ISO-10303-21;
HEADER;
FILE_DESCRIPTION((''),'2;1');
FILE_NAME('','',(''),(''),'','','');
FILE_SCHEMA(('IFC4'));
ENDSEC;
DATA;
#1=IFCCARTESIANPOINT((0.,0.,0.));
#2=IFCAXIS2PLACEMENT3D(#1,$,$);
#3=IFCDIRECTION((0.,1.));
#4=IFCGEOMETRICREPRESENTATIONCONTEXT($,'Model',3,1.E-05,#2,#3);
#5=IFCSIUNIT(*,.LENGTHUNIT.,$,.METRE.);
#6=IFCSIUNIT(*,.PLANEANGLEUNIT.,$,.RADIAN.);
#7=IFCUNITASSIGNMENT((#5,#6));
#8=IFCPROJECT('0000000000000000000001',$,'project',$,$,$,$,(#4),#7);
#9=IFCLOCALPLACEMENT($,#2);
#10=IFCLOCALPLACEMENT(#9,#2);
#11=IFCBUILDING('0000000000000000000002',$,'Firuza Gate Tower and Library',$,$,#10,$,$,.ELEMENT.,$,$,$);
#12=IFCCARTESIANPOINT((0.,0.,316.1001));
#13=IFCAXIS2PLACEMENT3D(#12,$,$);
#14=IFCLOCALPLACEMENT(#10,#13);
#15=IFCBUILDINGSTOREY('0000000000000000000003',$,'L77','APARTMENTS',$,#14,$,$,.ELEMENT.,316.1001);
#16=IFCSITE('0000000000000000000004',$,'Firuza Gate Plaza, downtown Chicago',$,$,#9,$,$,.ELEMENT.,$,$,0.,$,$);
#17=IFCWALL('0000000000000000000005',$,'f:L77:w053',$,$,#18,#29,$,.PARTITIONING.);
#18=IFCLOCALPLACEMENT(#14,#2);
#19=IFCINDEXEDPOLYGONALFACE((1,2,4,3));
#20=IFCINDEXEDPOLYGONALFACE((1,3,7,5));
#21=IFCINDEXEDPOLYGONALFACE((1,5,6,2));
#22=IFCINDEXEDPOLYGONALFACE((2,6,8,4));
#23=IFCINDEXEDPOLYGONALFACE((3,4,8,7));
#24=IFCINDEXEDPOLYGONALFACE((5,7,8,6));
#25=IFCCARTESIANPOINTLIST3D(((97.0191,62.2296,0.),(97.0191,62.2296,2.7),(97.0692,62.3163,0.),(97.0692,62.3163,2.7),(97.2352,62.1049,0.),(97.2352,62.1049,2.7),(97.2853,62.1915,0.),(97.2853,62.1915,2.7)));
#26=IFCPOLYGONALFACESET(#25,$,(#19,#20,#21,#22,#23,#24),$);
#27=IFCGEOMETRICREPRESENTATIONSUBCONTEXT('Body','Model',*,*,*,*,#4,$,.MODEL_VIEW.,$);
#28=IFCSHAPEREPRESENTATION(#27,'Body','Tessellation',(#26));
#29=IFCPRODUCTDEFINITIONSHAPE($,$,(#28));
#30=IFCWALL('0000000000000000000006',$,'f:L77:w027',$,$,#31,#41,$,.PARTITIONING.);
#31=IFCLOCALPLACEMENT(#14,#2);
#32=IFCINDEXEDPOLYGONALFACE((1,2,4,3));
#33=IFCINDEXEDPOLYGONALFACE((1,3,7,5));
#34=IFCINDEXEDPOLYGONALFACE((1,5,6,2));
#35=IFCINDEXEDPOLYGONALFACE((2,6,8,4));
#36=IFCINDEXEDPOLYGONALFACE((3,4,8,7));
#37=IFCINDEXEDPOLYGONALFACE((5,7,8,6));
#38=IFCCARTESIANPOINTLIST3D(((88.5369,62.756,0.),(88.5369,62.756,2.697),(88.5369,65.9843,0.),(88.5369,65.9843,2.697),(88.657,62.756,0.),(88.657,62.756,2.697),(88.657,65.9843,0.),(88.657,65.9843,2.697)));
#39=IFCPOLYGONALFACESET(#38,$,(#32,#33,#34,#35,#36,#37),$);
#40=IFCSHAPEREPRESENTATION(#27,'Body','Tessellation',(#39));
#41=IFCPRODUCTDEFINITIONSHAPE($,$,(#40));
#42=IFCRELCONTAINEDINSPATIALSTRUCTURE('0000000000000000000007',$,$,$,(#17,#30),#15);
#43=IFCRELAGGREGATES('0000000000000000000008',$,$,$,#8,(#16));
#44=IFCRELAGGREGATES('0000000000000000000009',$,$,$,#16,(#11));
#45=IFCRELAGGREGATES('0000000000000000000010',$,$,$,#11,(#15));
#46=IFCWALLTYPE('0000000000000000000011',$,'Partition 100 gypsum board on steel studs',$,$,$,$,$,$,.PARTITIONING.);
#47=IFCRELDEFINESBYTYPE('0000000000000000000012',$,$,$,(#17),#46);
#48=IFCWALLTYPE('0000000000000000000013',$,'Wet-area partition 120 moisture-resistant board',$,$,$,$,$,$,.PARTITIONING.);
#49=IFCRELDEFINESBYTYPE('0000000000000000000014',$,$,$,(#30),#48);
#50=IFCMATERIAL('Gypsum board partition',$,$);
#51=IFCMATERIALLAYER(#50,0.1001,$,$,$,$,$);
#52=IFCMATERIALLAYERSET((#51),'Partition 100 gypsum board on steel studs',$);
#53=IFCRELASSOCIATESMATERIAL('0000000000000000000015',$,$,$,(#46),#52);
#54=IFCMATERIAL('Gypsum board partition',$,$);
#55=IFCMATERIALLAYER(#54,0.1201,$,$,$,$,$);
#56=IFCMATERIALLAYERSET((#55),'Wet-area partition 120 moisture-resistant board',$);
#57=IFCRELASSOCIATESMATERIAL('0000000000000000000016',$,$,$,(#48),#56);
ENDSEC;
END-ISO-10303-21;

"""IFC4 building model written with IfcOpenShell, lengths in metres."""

from ifc_helpers import new_model, si_unit, direction, frame, frame_2d, origin, place, context, subcontext, project, spatial, rectangle, extrude, material, layer, layer_set, type_object, element, save


model = new_model("IFC4")

# Units and contexts
model_context = context("Model", 3, precision=1e-05, world=origin(), true_north=direction((0.0, 1.0)))
body_context = subcontext(model_context, "Body", "Model", "MODEL_VIEW")
ifc_project = project(units=[si_unit("LENGTHUNIT", "METRE"), si_unit("PLANEANGLEUNIT", "RADIAN")], contexts=[model_context])

# Site, building, storey
site_placement = place(None, origin())
site = spatial("IfcSite", under=ifc_project, at=site_placement, Name="Firuza Gate Plaza, downtown Chicago", CompositionType="ELEMENT", RefElevation=0.0)
building_placement = place(site_placement, origin())
building = spatial("IfcBuilding", under=site, at=building_placement, Name="Firuza Gate Tower and Library", CompositionType="ELEMENT")
storey_placement = place(building_placement, frame((0.0, 0.0, 316.1001)))
storey = spatial("IfcBuildingStorey", under=building, at=storey_placement, Name="L77", Description="APARTMENTS", CompositionType="ELEMENT", Elevation=316.1001)

# Walls
ifc_material_1 = material(Name="Gypsum board partition")
ifc_layer_1 = layer(ifc_material_1, 0.1001)
ifc_layer_set_1 = layer_set([ifc_layer_1], Name="Partition 100 gypsum board on steel studs")
wall_type_1 = type_object("IfcWallType", Name="Partition 100 gypsum board on steel studs", PredefinedType="PARTITIONING", material=ifc_layer_set_1)
wall_1_placement = place(storey_placement, frame((97.2603, 62.1482, 0.0), z_axis=(0.0, 0.0, 1.0), x_axis=(-0.866006, 0.500033, 0.0)))
element("IfcWall", 1, at=wall_1_placement, inside=storey, type_object=wall_type_1, Name="f:L77:w053", PredefinedType="PARTITIONING", context=body_context, shape_type="SweptSolid", body=[
    extrude(rectangle(XDim=0.2495, YDim=0.1001, at=frame_2d((0.1248, 0.0))), origin(), (0.0, 0.0, 1.0), 2.7),
])
ifc_material_2 = material(Name="Gypsum board partition")
ifc_layer_2 = layer(ifc_material_2, 0.1201)
ifc_layer_set_2 = layer_set([ifc_layer_2], Name="Wet-area partition 120 moisture-resistant board")
wall_type_2 = type_object("IfcWallType", Name="Wet-area partition 120 moisture-resistant board", PredefinedType="PARTITIONING", material=ifc_layer_set_2)
wall_2_placement = place(storey_placement, frame((88.5969, 62.7559, 0.0), z_axis=(0.0, 0.0, 1.0), x_axis=(0.0, 1.0, 0.0)))
element("IfcWall", 2, at=wall_2_placement, inside=storey, type_object=wall_type_2, Name="f:L77:w027", PredefinedType="PARTITIONING", context=body_context, shape_type="SweptSolid", body=[
    extrude(rectangle(XDim=3.2283, YDim=0.1201, at=frame_2d((1.6143, 0.0))), origin(), (0.0, 0.0, 1.0), 2.697),
])

save(model, "model.ifc")
